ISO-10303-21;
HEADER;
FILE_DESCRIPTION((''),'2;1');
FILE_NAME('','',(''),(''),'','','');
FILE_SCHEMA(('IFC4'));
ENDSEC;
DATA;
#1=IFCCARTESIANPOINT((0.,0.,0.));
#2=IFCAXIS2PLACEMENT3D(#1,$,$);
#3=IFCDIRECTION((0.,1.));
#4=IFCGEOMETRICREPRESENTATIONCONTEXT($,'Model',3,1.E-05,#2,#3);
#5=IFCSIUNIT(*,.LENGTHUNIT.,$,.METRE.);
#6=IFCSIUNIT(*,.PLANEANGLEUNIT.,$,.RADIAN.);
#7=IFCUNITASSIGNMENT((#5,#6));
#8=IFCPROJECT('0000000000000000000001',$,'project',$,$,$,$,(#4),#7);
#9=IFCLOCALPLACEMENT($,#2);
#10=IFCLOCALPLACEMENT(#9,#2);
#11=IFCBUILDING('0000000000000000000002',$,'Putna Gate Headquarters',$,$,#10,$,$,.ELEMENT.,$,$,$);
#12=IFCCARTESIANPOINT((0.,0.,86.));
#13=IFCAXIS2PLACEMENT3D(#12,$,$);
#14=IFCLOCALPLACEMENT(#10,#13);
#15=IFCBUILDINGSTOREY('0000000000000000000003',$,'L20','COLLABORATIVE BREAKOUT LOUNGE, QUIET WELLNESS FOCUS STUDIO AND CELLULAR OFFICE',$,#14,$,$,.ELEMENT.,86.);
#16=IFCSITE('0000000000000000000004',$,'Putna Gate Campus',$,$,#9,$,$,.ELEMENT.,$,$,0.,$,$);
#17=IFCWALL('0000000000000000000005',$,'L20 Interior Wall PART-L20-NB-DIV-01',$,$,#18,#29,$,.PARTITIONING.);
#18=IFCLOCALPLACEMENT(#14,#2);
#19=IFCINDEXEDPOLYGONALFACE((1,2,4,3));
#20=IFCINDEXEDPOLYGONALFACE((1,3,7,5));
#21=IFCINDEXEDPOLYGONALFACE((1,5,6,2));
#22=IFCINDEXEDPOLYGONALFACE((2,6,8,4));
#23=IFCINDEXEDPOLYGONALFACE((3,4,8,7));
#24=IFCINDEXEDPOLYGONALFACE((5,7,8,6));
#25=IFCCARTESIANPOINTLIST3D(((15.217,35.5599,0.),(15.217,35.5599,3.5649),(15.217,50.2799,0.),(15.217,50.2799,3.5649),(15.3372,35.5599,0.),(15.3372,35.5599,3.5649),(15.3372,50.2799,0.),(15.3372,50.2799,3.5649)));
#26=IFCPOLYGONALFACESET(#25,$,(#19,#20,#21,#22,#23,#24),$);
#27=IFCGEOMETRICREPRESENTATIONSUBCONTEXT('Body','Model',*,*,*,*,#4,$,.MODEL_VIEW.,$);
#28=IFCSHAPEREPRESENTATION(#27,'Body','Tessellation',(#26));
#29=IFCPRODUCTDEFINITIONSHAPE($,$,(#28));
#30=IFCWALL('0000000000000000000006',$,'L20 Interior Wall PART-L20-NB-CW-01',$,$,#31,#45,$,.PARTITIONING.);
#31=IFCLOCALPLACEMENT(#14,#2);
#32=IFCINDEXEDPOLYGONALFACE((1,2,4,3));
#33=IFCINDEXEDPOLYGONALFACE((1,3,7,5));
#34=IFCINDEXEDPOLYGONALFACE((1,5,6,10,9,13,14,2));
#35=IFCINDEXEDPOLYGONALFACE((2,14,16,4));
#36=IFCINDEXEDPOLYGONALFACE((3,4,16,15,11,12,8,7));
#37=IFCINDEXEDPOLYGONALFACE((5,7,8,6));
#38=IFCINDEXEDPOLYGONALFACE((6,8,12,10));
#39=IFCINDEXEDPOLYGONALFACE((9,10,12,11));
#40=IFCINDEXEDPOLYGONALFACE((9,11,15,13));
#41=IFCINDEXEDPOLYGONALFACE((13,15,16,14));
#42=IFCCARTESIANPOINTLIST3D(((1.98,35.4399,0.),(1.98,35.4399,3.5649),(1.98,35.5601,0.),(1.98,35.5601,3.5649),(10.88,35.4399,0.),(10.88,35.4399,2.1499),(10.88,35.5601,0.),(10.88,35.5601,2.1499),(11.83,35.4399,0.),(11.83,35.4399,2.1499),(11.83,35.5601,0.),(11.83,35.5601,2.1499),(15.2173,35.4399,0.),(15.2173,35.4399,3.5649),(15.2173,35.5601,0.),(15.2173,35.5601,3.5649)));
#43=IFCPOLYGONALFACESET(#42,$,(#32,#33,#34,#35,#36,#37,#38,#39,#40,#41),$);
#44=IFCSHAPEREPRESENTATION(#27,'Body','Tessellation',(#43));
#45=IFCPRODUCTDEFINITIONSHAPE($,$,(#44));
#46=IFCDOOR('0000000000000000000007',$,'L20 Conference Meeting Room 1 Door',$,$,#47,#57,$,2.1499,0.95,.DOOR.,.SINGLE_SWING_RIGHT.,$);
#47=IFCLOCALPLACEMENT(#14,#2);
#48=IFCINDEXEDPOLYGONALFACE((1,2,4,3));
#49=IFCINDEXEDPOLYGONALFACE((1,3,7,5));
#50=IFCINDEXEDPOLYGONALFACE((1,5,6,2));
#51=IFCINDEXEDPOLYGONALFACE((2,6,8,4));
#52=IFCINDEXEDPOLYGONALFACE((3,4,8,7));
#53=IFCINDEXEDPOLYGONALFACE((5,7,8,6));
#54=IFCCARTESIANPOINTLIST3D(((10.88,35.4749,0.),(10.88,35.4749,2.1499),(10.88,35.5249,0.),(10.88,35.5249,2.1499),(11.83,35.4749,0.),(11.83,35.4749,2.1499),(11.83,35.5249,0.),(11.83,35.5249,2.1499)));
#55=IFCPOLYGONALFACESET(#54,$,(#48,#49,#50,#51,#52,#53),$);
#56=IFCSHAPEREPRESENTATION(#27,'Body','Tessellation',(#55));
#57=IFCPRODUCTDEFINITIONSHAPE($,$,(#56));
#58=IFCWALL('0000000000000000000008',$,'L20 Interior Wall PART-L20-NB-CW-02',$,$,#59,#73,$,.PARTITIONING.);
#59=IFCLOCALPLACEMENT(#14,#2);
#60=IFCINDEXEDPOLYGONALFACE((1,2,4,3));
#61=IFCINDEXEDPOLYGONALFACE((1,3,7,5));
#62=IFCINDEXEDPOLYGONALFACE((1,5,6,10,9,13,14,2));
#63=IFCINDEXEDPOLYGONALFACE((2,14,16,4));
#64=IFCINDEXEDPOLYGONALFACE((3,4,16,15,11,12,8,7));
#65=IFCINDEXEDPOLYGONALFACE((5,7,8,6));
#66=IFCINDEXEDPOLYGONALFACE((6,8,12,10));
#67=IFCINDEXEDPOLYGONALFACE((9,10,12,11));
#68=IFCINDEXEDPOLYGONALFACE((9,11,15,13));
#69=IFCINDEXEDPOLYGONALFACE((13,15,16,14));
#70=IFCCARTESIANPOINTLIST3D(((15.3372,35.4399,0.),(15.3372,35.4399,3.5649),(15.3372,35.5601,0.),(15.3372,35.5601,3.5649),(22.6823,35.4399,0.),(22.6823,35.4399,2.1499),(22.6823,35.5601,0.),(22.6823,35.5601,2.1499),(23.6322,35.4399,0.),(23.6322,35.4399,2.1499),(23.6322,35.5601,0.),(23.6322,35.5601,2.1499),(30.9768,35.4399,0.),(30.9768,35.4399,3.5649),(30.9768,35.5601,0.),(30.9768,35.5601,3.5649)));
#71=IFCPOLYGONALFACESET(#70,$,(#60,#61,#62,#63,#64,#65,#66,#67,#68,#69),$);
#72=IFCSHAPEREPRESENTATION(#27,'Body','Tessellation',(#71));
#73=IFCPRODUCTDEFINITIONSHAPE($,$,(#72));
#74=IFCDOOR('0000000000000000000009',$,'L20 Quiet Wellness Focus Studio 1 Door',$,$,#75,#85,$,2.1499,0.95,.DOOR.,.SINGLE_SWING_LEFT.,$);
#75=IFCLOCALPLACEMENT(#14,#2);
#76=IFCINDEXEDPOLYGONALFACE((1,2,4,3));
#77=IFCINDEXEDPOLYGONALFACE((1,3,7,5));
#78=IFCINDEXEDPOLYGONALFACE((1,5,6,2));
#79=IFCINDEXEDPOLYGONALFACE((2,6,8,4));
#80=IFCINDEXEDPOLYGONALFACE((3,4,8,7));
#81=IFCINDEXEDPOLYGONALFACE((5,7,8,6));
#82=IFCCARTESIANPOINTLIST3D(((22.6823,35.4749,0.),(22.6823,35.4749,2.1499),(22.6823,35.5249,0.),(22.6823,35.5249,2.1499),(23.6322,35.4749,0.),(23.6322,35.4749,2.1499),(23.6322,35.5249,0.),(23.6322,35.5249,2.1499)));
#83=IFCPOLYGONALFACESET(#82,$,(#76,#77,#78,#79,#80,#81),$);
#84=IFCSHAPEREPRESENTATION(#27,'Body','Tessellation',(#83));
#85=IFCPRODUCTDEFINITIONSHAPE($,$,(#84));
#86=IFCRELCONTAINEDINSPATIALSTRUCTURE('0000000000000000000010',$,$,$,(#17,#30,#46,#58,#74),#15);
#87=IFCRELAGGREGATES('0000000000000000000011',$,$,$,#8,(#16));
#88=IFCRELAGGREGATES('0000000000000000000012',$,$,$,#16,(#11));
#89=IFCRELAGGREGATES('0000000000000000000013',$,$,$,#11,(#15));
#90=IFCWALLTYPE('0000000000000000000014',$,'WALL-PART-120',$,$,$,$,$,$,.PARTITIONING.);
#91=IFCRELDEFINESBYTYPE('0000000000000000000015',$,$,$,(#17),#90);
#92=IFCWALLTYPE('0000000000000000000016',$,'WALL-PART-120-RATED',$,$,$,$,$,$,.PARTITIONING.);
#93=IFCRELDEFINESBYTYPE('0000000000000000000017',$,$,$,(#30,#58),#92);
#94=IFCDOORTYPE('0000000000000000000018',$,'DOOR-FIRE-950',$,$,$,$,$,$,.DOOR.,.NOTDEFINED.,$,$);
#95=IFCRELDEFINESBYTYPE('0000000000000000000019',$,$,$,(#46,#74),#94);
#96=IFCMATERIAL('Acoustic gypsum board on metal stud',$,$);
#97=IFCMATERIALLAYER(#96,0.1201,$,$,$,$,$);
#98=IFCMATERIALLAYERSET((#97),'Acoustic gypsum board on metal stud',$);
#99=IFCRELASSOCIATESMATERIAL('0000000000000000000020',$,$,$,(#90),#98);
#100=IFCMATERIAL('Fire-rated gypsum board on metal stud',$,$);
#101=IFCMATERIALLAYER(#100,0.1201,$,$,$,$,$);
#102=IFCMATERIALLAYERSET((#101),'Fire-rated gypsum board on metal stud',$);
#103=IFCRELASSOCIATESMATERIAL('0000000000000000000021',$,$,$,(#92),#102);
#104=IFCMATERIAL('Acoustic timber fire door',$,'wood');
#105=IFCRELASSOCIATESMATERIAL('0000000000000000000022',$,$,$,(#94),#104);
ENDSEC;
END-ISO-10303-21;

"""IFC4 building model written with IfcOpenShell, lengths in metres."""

from ifc_helpers import new_model, si_unit, direction, frame, frame_2d, origin, place, context, subcontext, project, spatial, rectangle, extrude, material, layer, layer_set, type_object, element, fill, save


model = new_model("IFC4")

# Units and contexts
model_context = context("Model", 3, precision=1e-05, world=origin(), true_north=direction((0.0, 1.0)))
body_context = subcontext(model_context, "Body", "Model", "MODEL_VIEW")
ifc_project = project(units=[si_unit("LENGTHUNIT", "METRE"), si_unit("PLANEANGLEUNIT", "RADIAN")], contexts=[model_context])

# Site, building, storey
site_placement = place(None, origin())
site = spatial("IfcSite", under=ifc_project, at=site_placement, Name="Putna Gate Campus", CompositionType="ELEMENT", RefElevation=0.0)
building_placement = place(site_placement, origin())
building = spatial("IfcBuilding", under=site, at=building_placement, Name="Putna Gate Headquarters", CompositionType="ELEMENT")
storey_placement = place(building_placement, frame((0.0, 0.0, 86.0)))
storey = spatial("IfcBuildingStorey", under=building, at=storey_placement, Name="L20", Description="COLLABORATIVE BREAKOUT LOUNGE, QUIET WELLNESS FOCUS STUDIO AND CELLULAR OFFICE", CompositionType="ELEMENT", Elevation=86.0)

# Wall
ifc_material_1 = material(Name="Acoustic gypsum board on metal stud")
ifc_layer_1 = layer(ifc_material_1, 0.1201)
ifc_layer_set_1 = layer_set([ifc_layer_1], Name="Acoustic gypsum board on metal stud")
wall_type_1 = type_object("IfcWallType", Name="WALL-PART-120", PredefinedType="PARTITIONING", material=ifc_layer_set_1)
wall_1_placement = place(storey_placement, frame((15.2771, 35.5601, 0.0), z_axis=(0.0, 0.0, 1.0), x_axis=(0.0, 1.0, 0.0)))
element("IfcWall", 1, at=wall_1_placement, inside=storey, type_object=wall_type_1, Name="L20 Interior Wall PART-L20-NB-DIV-01", PredefinedType="PARTITIONING", context=body_context, shape_type="SweptSolid", body=[
    extrude(rectangle(XDim=14.72, YDim=0.1201, at=frame_2d((7.3599, 0.0))), origin(), (0.0, 0.0, 1.0), 3.5649),
])

# Walls, openings, doors
ifc_material_2 = material(Name="Fire-rated gypsum board on metal stud")
ifc_layer_2 = layer(ifc_material_2, 0.1201)
ifc_layer_set_2 = layer_set([ifc_layer_2], Name="Fire-rated gypsum board on metal stud")
wall_type_2 = type_object("IfcWallType", Name="WALL-PART-120-RATED", PredefinedType="PARTITIONING", material=ifc_layer_set_2)
wall_2_placement = place(storey_placement, frame((1.98, 35.5, 0.0), z_axis=(0.0, 0.0, 1.0), x_axis=(1.0, 0.0, 0.0)))
wall_2 = element("IfcWall", 2, at=wall_2_placement, inside=storey, type_object=wall_type_2, Name="L20 Interior Wall PART-L20-NB-CW-01", PredefinedType="PARTITIONING", context=body_context, shape_type="SweptSolid", body=[
    extrude(rectangle(XDim=13.2373, YDim=0.1201, at=frame_2d((6.6187, 0.0))), origin(), (0.0, 0.0, 1.0), 3.5649),
])
opening_1_placement = place(wall_2_placement, frame((8.8999, 0.0, 0.0)))
opening_1 = element("IfcOpeningElement", 3, at=opening_1_placement, cuts=wall_2, PredefinedType="OPENING", context=body_context, shape_type="SweptSolid", body=[
    extrude(rectangle(XDim=0.95, YDim=2.1499, at=frame_2d((0.4751, 1.075))), frame((0.0, 0.0701, 0.0), z_axis=(0.0, -1.0, 0.0), x_axis=(1.0, 0.0, 0.0)), (0.0, 0.0, 1.0), 0.1401),
])
ifc_material_3 = material(Name="Acoustic timber fire door", Category="wood")
door_type_1 = type_object("IfcDoorType", Name="DOOR-FIRE-950", OperationType="NOTDEFINED", PredefinedType="DOOR", material=ifc_material_3)
door_1_placement = place(opening_1_placement, origin())
door_1 = element("IfcDoor", 4, at=door_1_placement, inside=storey, type_object=door_type_1, Name="L20 Conference Meeting Room 1 Door", OperationType="SINGLE_SWING_RIGHT", OverallHeight=2.1499, OverallWidth=0.95, PredefinedType="DOOR", context=body_context, shape_type="SweptSolid", body=[
    extrude(rectangle(XDim=0.95, YDim=2.1499, at=frame_2d((0.4751, 1.075))), frame((0.0, 0.0249, 0.0), z_axis=(0.0, -1.0, 0.0), x_axis=(1.0, 0.0, 0.0)), (0.0, 0.0, 1.0), 0.05),
])
fill(opening_1, door_1)
wall_3_placement = place(storey_placement, frame((15.3372, 35.5, 0.0), z_axis=(0.0, 0.0, 1.0), x_axis=(1.0, 0.0, 0.0)))
wall_3 = element("IfcWall", 5, at=wall_3_placement, inside=storey, type_object=wall_type_2, Name="L20 Interior Wall PART-L20-NB-CW-02", PredefinedType="PARTITIONING", context=body_context, shape_type="SweptSolid", body=[
    extrude(rectangle(XDim=15.6396, YDim=0.1201, at=frame_2d((7.8198, 0.0))), origin(), (0.0, 0.0, 1.0), 3.5649),
])
opening_2_placement = place(wall_3_placement, frame((7.345, 0.0, 0.0)))
opening_2 = element("IfcOpeningElement", 6, at=opening_2_placement, cuts=wall_3, PredefinedType="OPENING", context=body_context, shape_type="SweptSolid", body=[
    extrude(rectangle(XDim=0.95, YDim=2.1499, at=frame_2d((0.4751, 1.075))), frame((0.0, 0.0701, 0.0), z_axis=(0.0, -1.0, 0.0), x_axis=(1.0, 0.0, 0.0)), (0.0, 0.0, 1.0), 0.1401),
])
door_2_placement = place(opening_2_placement, origin())
door_2 = element("IfcDoor", 7, at=door_2_placement, inside=storey, type_object=door_type_1, Name="L20 Quiet Wellness Focus Studio 1 Door", OperationType="SINGLE_SWING_LEFT", OverallHeight=2.1499, OverallWidth=0.95, PredefinedType="DOOR", context=body_context, shape_type="SweptSolid", body=[
    extrude(rectangle(XDim=0.95, YDim=2.1499, at=frame_2d((0.4751, 1.075))), frame((0.0, 0.0249, 0.0), z_axis=(0.0, -1.0, 0.0), x_axis=(1.0, 0.0, 0.0)), (0.0, 0.0, 1.0), 0.05),
])
fill(opening_2, door_2)

save(model, "model.ifc")
